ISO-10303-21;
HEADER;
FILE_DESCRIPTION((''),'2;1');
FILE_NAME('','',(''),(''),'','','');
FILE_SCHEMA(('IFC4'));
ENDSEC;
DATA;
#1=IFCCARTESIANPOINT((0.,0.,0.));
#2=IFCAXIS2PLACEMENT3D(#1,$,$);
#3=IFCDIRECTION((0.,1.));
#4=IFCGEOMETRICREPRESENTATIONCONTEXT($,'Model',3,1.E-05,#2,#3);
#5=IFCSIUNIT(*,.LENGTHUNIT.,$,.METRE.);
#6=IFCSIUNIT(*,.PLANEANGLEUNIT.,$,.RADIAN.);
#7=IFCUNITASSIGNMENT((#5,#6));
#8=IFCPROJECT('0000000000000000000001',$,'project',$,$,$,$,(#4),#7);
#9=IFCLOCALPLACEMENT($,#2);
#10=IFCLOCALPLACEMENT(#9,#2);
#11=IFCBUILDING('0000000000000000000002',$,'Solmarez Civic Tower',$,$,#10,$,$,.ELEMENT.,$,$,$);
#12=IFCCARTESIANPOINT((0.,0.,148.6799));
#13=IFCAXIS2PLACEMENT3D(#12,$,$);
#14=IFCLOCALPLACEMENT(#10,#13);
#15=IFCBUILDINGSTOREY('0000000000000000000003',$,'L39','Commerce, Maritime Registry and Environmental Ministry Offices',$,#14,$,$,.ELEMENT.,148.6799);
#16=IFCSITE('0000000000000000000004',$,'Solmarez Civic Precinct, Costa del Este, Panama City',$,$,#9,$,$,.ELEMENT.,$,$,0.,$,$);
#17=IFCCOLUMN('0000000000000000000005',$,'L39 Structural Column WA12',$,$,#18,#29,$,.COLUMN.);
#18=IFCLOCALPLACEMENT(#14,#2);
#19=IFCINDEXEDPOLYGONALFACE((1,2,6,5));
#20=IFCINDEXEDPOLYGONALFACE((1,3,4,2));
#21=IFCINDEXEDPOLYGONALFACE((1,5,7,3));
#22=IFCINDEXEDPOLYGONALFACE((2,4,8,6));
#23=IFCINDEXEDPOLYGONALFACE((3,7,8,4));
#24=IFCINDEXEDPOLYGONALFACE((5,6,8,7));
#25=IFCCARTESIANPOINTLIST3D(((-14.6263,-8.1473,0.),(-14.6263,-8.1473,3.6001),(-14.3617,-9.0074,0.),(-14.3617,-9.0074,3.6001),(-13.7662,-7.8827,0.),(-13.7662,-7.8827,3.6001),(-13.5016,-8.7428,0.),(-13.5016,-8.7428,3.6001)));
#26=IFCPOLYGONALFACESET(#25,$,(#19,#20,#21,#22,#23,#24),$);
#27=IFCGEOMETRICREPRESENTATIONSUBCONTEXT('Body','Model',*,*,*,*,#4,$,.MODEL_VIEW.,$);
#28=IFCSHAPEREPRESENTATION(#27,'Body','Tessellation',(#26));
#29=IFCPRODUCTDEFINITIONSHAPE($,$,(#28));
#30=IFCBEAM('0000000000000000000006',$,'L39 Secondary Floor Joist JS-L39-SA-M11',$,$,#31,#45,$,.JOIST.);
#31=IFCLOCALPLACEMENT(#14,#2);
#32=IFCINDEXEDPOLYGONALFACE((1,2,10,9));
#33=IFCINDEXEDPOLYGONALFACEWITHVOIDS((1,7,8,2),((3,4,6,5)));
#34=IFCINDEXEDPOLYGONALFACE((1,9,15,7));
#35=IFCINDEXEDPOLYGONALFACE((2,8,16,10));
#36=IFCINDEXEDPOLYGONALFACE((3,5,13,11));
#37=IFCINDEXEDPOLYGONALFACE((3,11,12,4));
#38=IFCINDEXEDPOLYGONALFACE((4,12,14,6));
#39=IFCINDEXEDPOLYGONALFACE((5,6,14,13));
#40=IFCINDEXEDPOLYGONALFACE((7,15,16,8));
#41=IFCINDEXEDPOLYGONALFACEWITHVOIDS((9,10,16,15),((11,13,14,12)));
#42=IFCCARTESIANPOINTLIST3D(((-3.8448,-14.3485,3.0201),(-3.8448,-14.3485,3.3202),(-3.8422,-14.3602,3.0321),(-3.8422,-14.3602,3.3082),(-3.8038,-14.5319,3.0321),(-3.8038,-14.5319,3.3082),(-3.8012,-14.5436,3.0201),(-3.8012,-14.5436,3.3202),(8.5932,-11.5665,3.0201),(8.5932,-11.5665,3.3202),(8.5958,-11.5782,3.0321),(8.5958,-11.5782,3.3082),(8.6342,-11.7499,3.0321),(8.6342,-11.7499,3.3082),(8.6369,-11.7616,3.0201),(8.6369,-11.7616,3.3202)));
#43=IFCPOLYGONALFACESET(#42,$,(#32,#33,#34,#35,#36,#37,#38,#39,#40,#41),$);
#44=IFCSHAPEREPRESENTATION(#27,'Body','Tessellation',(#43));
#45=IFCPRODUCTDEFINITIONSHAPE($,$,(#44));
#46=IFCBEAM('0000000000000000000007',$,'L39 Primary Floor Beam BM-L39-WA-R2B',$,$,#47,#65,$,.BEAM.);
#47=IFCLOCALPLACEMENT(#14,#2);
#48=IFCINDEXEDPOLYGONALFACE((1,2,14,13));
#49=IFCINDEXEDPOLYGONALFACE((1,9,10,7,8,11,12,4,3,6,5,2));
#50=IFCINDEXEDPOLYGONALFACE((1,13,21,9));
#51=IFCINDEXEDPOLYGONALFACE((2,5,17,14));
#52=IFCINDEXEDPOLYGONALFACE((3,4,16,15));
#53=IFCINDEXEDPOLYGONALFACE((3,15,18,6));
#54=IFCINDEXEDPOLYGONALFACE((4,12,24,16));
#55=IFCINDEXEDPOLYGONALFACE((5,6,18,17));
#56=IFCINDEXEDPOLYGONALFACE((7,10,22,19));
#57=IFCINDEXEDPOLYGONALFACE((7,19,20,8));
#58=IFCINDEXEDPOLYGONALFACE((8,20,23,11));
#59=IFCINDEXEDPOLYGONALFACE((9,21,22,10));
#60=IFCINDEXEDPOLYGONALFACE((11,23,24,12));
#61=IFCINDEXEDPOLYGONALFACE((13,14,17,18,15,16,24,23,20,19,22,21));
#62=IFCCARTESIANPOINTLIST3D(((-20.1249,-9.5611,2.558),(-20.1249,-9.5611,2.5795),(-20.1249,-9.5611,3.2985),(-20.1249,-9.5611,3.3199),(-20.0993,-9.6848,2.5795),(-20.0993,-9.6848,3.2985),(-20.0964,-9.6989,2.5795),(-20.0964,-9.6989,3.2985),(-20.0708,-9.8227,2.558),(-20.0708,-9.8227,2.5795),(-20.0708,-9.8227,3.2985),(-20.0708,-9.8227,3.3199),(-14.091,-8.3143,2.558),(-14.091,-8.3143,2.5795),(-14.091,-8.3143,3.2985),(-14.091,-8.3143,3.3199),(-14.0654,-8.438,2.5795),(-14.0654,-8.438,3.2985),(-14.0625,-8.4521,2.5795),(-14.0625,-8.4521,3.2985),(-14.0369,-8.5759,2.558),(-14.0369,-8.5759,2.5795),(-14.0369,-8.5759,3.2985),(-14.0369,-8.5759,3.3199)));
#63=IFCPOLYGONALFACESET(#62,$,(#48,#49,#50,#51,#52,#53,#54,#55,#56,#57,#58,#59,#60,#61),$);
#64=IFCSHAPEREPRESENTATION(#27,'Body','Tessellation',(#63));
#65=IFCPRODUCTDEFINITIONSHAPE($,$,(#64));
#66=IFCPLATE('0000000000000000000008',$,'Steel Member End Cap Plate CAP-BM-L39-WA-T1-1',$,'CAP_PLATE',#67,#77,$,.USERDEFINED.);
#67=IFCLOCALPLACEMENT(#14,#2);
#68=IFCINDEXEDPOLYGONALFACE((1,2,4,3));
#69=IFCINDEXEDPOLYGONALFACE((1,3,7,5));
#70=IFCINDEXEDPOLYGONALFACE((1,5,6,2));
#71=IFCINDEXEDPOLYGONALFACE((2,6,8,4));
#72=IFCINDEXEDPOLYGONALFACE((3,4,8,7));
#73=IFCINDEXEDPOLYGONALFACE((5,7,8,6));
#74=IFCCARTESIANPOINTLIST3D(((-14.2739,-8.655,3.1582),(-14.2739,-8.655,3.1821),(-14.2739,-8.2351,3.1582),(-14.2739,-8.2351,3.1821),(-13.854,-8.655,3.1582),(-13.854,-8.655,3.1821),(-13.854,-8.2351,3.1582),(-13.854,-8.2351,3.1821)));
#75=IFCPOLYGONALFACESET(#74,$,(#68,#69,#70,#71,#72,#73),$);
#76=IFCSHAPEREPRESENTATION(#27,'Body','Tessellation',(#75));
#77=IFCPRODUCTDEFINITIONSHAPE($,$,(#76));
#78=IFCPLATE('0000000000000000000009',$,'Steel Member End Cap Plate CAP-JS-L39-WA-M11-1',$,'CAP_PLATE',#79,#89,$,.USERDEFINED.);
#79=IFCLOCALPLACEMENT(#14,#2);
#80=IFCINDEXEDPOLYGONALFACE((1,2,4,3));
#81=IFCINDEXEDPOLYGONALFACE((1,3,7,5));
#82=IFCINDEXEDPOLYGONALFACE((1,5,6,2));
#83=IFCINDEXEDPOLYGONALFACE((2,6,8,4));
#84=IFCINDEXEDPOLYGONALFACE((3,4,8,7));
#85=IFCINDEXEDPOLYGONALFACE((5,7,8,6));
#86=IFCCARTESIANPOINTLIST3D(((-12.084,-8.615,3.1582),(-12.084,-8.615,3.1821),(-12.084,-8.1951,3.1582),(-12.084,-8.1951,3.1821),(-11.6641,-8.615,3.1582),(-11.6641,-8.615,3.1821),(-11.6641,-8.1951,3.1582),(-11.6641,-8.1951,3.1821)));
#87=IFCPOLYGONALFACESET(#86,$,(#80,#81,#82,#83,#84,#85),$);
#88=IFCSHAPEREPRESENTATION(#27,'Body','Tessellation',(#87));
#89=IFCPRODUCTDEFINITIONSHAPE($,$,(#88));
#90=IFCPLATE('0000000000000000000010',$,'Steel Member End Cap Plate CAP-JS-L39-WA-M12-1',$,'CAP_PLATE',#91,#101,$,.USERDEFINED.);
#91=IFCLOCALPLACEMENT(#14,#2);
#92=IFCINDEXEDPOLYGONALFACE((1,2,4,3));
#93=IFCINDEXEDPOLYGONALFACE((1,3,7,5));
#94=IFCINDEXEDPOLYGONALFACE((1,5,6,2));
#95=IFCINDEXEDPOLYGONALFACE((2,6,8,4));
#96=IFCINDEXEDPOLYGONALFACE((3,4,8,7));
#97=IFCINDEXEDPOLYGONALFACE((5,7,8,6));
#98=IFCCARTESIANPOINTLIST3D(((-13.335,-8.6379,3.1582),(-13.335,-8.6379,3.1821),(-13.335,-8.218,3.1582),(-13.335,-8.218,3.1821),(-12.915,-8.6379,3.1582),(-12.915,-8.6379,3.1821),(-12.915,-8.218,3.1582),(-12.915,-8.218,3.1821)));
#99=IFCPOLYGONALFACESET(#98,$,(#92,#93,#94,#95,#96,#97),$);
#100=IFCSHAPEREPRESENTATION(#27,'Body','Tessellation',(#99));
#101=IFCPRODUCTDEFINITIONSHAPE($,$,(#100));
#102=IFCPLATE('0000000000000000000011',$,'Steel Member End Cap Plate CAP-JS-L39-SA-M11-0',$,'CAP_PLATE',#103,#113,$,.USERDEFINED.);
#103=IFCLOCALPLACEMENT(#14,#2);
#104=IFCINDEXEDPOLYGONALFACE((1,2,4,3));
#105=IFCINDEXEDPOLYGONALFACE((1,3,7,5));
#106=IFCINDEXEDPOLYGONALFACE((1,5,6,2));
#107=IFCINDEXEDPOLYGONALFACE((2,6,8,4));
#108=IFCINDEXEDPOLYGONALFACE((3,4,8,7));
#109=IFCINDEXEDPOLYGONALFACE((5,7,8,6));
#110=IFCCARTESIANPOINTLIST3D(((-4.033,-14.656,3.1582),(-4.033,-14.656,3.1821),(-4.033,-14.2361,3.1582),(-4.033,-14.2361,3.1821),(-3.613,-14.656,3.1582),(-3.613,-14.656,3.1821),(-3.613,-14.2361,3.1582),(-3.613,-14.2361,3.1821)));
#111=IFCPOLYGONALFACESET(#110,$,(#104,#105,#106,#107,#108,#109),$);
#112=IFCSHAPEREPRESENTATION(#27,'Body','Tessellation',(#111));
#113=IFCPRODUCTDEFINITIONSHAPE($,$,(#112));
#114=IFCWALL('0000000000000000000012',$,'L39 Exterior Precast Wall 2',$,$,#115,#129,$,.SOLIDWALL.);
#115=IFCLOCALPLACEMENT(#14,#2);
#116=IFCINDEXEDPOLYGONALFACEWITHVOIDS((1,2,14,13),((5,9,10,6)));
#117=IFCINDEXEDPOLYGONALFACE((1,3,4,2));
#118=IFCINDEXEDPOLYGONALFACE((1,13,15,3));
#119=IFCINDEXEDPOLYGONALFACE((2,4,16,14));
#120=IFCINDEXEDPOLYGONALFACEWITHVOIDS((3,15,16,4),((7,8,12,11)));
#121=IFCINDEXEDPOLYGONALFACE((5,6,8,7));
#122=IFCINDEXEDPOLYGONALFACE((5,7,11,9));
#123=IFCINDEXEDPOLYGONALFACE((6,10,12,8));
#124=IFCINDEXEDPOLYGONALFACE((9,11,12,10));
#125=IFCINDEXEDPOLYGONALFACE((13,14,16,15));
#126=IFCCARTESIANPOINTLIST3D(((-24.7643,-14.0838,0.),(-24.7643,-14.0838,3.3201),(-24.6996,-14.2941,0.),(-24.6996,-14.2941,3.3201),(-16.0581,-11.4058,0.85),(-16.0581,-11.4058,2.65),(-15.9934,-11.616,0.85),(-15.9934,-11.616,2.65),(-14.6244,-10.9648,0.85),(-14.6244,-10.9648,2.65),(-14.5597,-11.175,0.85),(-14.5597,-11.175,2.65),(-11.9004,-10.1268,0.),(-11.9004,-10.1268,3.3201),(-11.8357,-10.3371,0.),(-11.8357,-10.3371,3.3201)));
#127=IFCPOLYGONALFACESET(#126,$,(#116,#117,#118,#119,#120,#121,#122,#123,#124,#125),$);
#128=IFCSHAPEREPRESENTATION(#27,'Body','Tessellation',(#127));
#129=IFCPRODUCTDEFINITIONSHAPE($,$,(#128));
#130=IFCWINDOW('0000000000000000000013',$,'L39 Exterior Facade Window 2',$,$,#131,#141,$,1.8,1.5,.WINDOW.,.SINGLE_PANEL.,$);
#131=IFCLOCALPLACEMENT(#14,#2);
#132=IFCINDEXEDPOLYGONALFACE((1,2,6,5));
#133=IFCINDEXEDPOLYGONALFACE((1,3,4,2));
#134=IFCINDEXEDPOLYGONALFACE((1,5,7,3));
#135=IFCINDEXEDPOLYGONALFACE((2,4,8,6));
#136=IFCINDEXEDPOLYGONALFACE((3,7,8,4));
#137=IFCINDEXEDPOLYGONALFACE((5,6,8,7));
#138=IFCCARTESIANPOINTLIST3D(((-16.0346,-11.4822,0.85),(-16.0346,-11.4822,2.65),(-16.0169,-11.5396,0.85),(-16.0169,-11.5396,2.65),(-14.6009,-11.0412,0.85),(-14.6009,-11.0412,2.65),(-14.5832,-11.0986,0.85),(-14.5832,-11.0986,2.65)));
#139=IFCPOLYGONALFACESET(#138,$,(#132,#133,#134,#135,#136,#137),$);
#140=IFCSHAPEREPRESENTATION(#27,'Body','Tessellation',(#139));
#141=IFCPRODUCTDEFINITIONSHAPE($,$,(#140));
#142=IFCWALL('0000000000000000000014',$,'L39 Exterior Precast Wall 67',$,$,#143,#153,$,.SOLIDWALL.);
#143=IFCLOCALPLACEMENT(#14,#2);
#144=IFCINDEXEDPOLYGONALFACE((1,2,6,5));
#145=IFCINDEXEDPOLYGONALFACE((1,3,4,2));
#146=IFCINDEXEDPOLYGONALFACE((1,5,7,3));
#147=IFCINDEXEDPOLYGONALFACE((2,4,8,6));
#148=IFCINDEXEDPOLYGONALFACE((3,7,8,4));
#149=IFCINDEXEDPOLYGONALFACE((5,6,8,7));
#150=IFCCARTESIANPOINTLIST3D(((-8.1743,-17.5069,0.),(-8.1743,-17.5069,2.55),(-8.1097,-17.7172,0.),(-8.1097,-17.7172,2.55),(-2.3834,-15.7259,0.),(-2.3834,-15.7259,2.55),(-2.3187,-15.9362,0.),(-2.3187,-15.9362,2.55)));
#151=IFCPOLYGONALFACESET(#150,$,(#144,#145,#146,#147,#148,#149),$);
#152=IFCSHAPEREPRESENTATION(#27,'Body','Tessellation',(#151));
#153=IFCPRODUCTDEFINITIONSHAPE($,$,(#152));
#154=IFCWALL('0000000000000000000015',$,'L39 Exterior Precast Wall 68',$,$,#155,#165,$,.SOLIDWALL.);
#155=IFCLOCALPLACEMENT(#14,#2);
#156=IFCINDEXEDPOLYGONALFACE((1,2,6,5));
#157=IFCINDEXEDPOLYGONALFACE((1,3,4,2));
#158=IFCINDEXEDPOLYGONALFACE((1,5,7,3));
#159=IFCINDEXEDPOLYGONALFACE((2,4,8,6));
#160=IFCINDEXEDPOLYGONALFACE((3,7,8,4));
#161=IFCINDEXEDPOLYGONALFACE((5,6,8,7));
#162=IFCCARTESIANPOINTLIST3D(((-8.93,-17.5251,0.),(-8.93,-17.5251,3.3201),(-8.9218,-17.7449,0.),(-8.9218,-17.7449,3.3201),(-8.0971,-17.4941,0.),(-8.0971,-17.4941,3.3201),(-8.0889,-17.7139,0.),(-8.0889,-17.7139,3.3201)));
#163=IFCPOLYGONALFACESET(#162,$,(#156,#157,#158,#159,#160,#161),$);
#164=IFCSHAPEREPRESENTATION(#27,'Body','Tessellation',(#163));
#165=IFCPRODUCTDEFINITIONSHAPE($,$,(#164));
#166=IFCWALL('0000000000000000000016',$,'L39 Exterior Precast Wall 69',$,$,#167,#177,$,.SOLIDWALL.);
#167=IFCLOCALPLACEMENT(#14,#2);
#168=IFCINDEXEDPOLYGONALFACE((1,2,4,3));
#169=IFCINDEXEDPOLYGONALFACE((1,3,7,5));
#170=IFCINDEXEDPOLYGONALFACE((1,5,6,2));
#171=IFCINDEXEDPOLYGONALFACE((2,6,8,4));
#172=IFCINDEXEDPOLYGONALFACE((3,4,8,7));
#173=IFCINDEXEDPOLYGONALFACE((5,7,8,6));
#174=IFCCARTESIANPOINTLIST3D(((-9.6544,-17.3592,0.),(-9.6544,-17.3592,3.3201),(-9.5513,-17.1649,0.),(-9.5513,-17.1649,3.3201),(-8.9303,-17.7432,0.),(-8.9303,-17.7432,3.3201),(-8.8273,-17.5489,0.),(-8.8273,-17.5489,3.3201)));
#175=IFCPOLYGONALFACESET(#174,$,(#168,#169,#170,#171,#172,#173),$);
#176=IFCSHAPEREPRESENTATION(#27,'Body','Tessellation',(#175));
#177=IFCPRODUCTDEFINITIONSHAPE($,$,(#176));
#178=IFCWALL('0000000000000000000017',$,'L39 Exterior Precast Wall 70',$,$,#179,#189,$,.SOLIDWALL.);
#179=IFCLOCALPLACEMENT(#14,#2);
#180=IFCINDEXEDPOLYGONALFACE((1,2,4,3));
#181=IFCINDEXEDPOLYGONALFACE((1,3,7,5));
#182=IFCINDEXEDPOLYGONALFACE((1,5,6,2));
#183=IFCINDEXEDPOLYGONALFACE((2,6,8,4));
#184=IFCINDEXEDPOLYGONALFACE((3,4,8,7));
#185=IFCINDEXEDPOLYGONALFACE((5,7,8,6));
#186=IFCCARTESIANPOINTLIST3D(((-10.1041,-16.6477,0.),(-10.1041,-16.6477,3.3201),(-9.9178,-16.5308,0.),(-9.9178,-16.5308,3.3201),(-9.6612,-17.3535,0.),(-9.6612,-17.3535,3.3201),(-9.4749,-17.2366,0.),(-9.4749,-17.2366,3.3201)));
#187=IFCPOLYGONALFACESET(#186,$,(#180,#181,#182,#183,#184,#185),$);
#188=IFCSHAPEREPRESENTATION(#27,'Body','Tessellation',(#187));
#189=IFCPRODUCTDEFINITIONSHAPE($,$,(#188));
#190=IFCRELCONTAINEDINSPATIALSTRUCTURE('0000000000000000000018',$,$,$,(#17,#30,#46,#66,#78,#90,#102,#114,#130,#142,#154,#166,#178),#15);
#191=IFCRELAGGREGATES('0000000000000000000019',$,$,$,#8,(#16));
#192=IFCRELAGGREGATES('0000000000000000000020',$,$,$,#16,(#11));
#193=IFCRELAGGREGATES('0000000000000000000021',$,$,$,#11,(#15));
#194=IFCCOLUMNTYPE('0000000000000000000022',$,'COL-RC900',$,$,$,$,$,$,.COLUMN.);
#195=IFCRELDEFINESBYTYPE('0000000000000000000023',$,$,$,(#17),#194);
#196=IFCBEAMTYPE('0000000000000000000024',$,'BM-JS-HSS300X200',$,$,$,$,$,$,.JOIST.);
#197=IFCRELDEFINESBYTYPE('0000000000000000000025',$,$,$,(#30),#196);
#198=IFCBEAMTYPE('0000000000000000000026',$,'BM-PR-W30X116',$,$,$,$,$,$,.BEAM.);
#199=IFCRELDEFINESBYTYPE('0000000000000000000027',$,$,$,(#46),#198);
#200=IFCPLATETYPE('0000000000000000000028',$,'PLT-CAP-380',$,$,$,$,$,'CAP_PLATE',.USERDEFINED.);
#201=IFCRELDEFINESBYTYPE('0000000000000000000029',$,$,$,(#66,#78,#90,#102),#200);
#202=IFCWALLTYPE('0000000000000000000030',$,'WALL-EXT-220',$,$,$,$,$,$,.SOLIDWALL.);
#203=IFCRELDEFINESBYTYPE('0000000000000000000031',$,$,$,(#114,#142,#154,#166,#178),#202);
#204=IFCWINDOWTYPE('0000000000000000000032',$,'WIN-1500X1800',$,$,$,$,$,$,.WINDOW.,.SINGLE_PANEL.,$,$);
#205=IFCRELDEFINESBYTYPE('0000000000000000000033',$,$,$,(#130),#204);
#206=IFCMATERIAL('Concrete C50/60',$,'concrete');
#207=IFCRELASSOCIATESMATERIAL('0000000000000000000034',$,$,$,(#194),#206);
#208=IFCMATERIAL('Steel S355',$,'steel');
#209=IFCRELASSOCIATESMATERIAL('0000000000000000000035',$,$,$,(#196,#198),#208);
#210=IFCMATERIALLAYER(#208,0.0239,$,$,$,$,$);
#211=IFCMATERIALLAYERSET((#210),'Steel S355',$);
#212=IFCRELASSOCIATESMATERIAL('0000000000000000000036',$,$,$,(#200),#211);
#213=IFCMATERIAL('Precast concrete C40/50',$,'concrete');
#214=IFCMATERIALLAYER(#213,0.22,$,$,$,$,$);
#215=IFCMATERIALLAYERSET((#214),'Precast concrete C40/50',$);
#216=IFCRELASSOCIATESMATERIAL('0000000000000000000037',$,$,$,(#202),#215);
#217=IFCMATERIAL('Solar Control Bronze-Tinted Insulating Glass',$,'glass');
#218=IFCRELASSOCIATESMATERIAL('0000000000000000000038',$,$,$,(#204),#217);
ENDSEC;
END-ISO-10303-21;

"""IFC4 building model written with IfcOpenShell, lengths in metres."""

from ifc_helpers import new_model, si_unit, direction, frame, frame_2d, origin, origin_2d, place, context, subcontext, project, spatial, rectangle, hollow_rectangle, i_section, extrude, material, layer, layer_set, material_profile, profile_set, type_object, element, fill, save


model = new_model("IFC4")

# Units and contexts
model_context = context("Model", 3, precision=1e-05, world=origin(), true_north=direction((0.0, 1.0)))
body_context = subcontext(model_context, "Body", "Model", "MODEL_VIEW")
ifc_project = project(units=[si_unit("LENGTHUNIT", "METRE"), si_unit("PLANEANGLEUNIT", "RADIAN")], contexts=[model_context])

# Site, building, storey
site_placement = place(None, origin())
site = spatial("IfcSite", under=ifc_project, at=site_placement, Name="Solmarez Civic Precinct, Costa del Este, Panama City", CompositionType="ELEMENT", RefElevation=0.0)
building_placement = place(site_placement, origin())
building = spatial("IfcBuilding", under=site, at=building_placement, Name="Solmarez Civic Tower", CompositionType="ELEMENT")
storey_placement = place(building_placement, frame((0.0, 0.0, 148.6799)))
storey = spatial("IfcBuildingStorey", under=building, at=storey_placement, Name="L39", Description="Commerce, Maritime Registry and Environmental Ministry Offices", CompositionType="ELEMENT", Elevation=148.6799)

# Column
ifc_material_1 = material(Name="Concrete C50/60", Category="concrete")
ifc_material_profile_1 = material_profile(ifc_material_1, rectangle(XDim=0.8999, YDim=0.8999, at=origin_2d()), Name="RC900X900")
ifc_profile_set_1 = profile_set([ifc_material_profile_1], Name="Concrete C50/60")
column_type = type_object("IfcColumnType", Name="COL-RC900", PredefinedType="COLUMN", material=ifc_profile_set_1)
column_placement = place(storey_placement, frame((-14.064, -8.4451, 0.0), z_axis=(0.0, 0.0, 1.0), x_axis=(0.955793, 0.29404, 0.0)))
element("IfcColumn", 1, at=column_placement, inside=storey, type_object=column_type, Name="L39 Structural Column WA12", PredefinedType="COLUMN", context=body_context, shape_type="SweptSolid", body=[
    extrude(rectangle(XDim=0.8999, YDim=0.8999, at=origin_2d()), origin(), (0.0, 0.0, 1.0), 3.6001),
])

# Beams
ifc_material_2 = material(Name="Steel S355", Category="steel")
ifc_material_profile_2 = material_profile(ifc_material_2, hollow_rectangle(XDim=0.2, YDim=0.3, WallThickness=0.012, at=origin_2d()), Name="HSS300X200X12")
ifc_profile_set_2 = profile_set([ifc_material_profile_2], Name="Steel S355")
beam_type_1 = type_object("IfcBeamType", Name="BM-JS-HSS300X200", PredefinedType="JOIST", material=ifc_profile_set_2)
beam_1_placement = place(storey_placement, frame((-3.823, -14.446, 3.1702), z_axis=(0.975887, 0.218275, 0.0), x_axis=(-0.218275, 0.975887, 0.0)))
element("IfcBeam", 2, at=beam_1_placement, inside=storey, type_object=beam_type_1, Name="L39 Secondary Floor Joist JS-L39-SA-M11", PredefinedType="JOIST", context=body_context, shape_type="SweptSolid", body=[
    extrude(hollow_rectangle(XDim=0.2, YDim=0.3, WallThickness=0.012, at=origin_2d()), origin(), (0.0, 0.0, 1.0), 12.7454),
])
ifc_material_profile_3 = material_profile(ifc_material_2, i_section(OverallWidth=0.2671, OverallDepth=0.762, WebThickness=0.0144, FlangeThickness=0.0215, at=origin_2d()), Name="W30X116")
ifc_profile_set_3 = profile_set([ifc_material_profile_3], Name="Steel S355")
beam_type_2 = type_object("IfcBeamType", Name="BM-PR-W30X116", PredefinedType="BEAM", material=ifc_profile_set_3)
beam_2_placement = place(storey_placement, frame((-14.064, -8.4451, 2.939), z_axis=(-0.979311, -0.202361, 0.0), x_axis=(0.202361, -0.979311, 0.0)))
element("IfcBeam", 3, at=beam_2_placement, inside=storey, type_object=beam_type_2, Name="L39 Primary Floor Beam BM-L39-WA-R2B", PredefinedType="BEAM", context=body_context, shape_type="SweptSolid", body=[
    extrude(i_section(OverallWidth=0.2671, OverallDepth=0.762, WebThickness=0.0144, FlangeThickness=0.0215, at=origin_2d()), origin(), (0.0, 0.0, 1.0), 6.1614),
])

# Plates
ifc_layer_1 = layer(ifc_material_2, 0.0239)
ifc_layer_set_1 = layer_set([ifc_layer_1], Name="Steel S355")
plate_type = type_object("IfcPlateType", Name="PLT-CAP-380", ElementType="CAP_PLATE", PredefinedType="USERDEFINED", material=ifc_layer_set_1)
for number, where, z_axis, x_axis, name in (
    (4, (-14.064, -8.4451, 3.1582), (0.0, 0.0, 1.0), (1.0, 0.0, 0.0), "Steel Member End Cap Plate CAP-BM-L39-WA-T1-1"),
    (5, (-11.874, -8.405, 3.1582), (0.0, 0.0, 1.0), (1.0, 0.0, 0.0), "Steel Member End Cap Plate CAP-JS-L39-WA-M11-1"),
    (6, (-13.125, -8.428, 3.1582), (0.0, 0.0, 1.0), (1.0, 0.0, 0.0), "Steel Member End Cap Plate CAP-JS-L39-WA-M12-1"),
    (7, (-3.823, -14.446, 3.1582), (0.0, 0.0, 1.0), (1.0, 0.0, 0.0), "Steel Member End Cap Plate CAP-JS-L39-SA-M11-0"),
):
    element("IfcPlate", number, at=place(storey_placement, frame(where, z_axis=z_axis, x_axis=x_axis)), inside=storey, type_object=plate_type, Name=name, ObjectType="CAP_PLATE", PredefinedType="USERDEFINED", context=body_context, shape_type="SweptSolid", body=[
        extrude(rectangle(XDim=0.4199, YDim=0.4199, at=origin_2d()), origin(), (0.0, 0.0, 1.0), 0.0239),
    ])

# Wall, opening, window
ifc_material_3 = material(Name="Precast concrete C40/50", Category="concrete")
ifc_layer_2 = layer(ifc_material_3, 0.22)
ifc_layer_set_2 = layer_set([ifc_layer_2], Name="Precast concrete C40/50")
wall_type_1 = type_object("IfcWallType", Name="WALL-EXT-220", PredefinedType="SOLIDWALL", material=ifc_layer_set_2)
wall_1_placement = place(storey_placement, frame((-11.8679, -10.2319, 0.0), z_axis=(0.0, 0.0, 1.0), x_axis=(-0.955803, -0.294009, 0.0)))
wall_1 = element("IfcWall", 8, at=wall_1_placement, inside=storey, type_object=wall_type_1, Name="L39 Exterior Precast Wall 2", PredefinedType="SOLIDWALL", context=body_context, shape_type="SweptSolid", body=[
    extrude(rectangle(XDim=13.4587, YDim=0.22, at=frame_2d((6.7295, 0.0))), origin(), (0.0, 0.0, 1.0), 3.3201),
])
opening_1_placement = place(wall_1_placement, frame((2.8501, 0.0, 0.8501)))
opening_1 = element("IfcOpeningElement", 9, at=opening_1_placement, cuts=wall_1, PredefinedType="OPENING", context=body_context, shape_type="SweptSolid", body=[
    extrude(rectangle(XDim=1.5, YDim=1.8, at=frame_2d((0.75, 0.8999))), frame((0.0, 0.1199, 0.0), z_axis=(0.0, -1.0, 0.0), x_axis=(1.0, 0.0, 0.0)), (0.0, 0.0, 1.0), 0.24),
])
ifc_material_4 = material(Name="Solar Control Bronze-Tinted Insulating Glass", Category="glass")
window_type = type_object("IfcWindowType", Name="WIN-1500X1800", PartitioningType="SINGLE_PANEL", PredefinedType="WINDOW", material=ifc_material_4)
window_placement = place(opening_1_placement, origin())
window = element("IfcWindow", 10, at=window_placement, inside=storey, type_object=window_type, Name="L39 Exterior Facade Window 2", OverallHeight=1.8, OverallWidth=1.5, PartitioningType="SINGLE_PANEL", PredefinedType="WINDOW", context=body_context, shape_type="SweptSolid", body=[
    extrude(rectangle(XDim=1.5, YDim=1.8, at=frame_2d((0.75, 0.8999))), frame((0.0, 0.03, 0.0), z_axis=(0.0, -1.0, 0.0), x_axis=(1.0, 0.0, 0.0)), (0.0, 0.0, 1.0), 0.0601),
])
fill(opening_1, window)

# Walls
wall_2_placement = place(storey_placement, frame((-2.3511, -15.8311, 0.0), z_axis=(0.0, 0.0, 1.0), x_axis=(-0.955818, -0.293958, 0.0)))
element("IfcWall", 11, at=wall_2_placement, inside=storey, type_object=wall_type_1, Name="L39 Exterior Precast Wall 67", PredefinedType="SOLIDWALL", context=body_context, shape_type="SweptSolid", body=[
    extrude(rectangle(XDim=6.0586, YDim=0.22, at=frame_2d((3.0293, 0.0))), origin(), (0.0, 0.0, 1.0), 2.55),
])
wall_3_placement = place(storey_placement, frame((-8.093, -17.604, 0.0), z_axis=(0.0, 0.0, 1.0), x_axis=(-0.999308, -0.037196, 0.0)))
element("IfcWall", 12, at=wall_3_placement, inside=storey, type_object=wall_type_1, Name="L39 Exterior Precast Wall 68", PredefinedType="SOLIDWALL", context=body_context, shape_type="SweptSolid", body=[
    extrude(rectangle(XDim=0.8335, YDim=0.22, at=frame_2d((0.4167, 0.0))), origin(), (0.0, 0.0, 1.0), 3.3201),
])
wall_4_placement = place(storey_placement, frame((-8.8789, -17.646, 0.0), z_axis=(0.0, 0.0, 1.0), x_axis=(-0.883447, 0.468531, 0.0)))
element("IfcWall", 13, at=wall_4_placement, inside=storey, type_object=wall_type_1, Name="L39 Exterior Precast Wall 69", PredefinedType="SOLIDWALL", context=body_context, shape_type="SweptSolid", body=[
    extrude(rectangle(XDim=0.8196, YDim=0.22, at=frame_2d((0.4097, 0.0))), origin(), (0.0, 0.0, 1.0), 3.3201),
])
wall_5_placement = place(storey_placement, frame((-9.5681, -17.2949, 0.0), z_axis=(0.0, 0.0, 1.0), x_axis=(-0.531499, 0.847059, 0.0)))
element("IfcWall", 14, at=wall_5_placement, inside=storey, type_object=wall_type_1, Name="L39 Exterior Precast Wall 70", PredefinedType="SOLIDWALL", context=body_context, shape_type="SweptSolid", body=[
    extrude(rectangle(XDim=0.8333, YDim=0.22, at=frame_2d((0.4165, 0.0))), origin(), (0.0, 0.0, 1.0), 3.3201),
])

save(model, "model.ifc")
